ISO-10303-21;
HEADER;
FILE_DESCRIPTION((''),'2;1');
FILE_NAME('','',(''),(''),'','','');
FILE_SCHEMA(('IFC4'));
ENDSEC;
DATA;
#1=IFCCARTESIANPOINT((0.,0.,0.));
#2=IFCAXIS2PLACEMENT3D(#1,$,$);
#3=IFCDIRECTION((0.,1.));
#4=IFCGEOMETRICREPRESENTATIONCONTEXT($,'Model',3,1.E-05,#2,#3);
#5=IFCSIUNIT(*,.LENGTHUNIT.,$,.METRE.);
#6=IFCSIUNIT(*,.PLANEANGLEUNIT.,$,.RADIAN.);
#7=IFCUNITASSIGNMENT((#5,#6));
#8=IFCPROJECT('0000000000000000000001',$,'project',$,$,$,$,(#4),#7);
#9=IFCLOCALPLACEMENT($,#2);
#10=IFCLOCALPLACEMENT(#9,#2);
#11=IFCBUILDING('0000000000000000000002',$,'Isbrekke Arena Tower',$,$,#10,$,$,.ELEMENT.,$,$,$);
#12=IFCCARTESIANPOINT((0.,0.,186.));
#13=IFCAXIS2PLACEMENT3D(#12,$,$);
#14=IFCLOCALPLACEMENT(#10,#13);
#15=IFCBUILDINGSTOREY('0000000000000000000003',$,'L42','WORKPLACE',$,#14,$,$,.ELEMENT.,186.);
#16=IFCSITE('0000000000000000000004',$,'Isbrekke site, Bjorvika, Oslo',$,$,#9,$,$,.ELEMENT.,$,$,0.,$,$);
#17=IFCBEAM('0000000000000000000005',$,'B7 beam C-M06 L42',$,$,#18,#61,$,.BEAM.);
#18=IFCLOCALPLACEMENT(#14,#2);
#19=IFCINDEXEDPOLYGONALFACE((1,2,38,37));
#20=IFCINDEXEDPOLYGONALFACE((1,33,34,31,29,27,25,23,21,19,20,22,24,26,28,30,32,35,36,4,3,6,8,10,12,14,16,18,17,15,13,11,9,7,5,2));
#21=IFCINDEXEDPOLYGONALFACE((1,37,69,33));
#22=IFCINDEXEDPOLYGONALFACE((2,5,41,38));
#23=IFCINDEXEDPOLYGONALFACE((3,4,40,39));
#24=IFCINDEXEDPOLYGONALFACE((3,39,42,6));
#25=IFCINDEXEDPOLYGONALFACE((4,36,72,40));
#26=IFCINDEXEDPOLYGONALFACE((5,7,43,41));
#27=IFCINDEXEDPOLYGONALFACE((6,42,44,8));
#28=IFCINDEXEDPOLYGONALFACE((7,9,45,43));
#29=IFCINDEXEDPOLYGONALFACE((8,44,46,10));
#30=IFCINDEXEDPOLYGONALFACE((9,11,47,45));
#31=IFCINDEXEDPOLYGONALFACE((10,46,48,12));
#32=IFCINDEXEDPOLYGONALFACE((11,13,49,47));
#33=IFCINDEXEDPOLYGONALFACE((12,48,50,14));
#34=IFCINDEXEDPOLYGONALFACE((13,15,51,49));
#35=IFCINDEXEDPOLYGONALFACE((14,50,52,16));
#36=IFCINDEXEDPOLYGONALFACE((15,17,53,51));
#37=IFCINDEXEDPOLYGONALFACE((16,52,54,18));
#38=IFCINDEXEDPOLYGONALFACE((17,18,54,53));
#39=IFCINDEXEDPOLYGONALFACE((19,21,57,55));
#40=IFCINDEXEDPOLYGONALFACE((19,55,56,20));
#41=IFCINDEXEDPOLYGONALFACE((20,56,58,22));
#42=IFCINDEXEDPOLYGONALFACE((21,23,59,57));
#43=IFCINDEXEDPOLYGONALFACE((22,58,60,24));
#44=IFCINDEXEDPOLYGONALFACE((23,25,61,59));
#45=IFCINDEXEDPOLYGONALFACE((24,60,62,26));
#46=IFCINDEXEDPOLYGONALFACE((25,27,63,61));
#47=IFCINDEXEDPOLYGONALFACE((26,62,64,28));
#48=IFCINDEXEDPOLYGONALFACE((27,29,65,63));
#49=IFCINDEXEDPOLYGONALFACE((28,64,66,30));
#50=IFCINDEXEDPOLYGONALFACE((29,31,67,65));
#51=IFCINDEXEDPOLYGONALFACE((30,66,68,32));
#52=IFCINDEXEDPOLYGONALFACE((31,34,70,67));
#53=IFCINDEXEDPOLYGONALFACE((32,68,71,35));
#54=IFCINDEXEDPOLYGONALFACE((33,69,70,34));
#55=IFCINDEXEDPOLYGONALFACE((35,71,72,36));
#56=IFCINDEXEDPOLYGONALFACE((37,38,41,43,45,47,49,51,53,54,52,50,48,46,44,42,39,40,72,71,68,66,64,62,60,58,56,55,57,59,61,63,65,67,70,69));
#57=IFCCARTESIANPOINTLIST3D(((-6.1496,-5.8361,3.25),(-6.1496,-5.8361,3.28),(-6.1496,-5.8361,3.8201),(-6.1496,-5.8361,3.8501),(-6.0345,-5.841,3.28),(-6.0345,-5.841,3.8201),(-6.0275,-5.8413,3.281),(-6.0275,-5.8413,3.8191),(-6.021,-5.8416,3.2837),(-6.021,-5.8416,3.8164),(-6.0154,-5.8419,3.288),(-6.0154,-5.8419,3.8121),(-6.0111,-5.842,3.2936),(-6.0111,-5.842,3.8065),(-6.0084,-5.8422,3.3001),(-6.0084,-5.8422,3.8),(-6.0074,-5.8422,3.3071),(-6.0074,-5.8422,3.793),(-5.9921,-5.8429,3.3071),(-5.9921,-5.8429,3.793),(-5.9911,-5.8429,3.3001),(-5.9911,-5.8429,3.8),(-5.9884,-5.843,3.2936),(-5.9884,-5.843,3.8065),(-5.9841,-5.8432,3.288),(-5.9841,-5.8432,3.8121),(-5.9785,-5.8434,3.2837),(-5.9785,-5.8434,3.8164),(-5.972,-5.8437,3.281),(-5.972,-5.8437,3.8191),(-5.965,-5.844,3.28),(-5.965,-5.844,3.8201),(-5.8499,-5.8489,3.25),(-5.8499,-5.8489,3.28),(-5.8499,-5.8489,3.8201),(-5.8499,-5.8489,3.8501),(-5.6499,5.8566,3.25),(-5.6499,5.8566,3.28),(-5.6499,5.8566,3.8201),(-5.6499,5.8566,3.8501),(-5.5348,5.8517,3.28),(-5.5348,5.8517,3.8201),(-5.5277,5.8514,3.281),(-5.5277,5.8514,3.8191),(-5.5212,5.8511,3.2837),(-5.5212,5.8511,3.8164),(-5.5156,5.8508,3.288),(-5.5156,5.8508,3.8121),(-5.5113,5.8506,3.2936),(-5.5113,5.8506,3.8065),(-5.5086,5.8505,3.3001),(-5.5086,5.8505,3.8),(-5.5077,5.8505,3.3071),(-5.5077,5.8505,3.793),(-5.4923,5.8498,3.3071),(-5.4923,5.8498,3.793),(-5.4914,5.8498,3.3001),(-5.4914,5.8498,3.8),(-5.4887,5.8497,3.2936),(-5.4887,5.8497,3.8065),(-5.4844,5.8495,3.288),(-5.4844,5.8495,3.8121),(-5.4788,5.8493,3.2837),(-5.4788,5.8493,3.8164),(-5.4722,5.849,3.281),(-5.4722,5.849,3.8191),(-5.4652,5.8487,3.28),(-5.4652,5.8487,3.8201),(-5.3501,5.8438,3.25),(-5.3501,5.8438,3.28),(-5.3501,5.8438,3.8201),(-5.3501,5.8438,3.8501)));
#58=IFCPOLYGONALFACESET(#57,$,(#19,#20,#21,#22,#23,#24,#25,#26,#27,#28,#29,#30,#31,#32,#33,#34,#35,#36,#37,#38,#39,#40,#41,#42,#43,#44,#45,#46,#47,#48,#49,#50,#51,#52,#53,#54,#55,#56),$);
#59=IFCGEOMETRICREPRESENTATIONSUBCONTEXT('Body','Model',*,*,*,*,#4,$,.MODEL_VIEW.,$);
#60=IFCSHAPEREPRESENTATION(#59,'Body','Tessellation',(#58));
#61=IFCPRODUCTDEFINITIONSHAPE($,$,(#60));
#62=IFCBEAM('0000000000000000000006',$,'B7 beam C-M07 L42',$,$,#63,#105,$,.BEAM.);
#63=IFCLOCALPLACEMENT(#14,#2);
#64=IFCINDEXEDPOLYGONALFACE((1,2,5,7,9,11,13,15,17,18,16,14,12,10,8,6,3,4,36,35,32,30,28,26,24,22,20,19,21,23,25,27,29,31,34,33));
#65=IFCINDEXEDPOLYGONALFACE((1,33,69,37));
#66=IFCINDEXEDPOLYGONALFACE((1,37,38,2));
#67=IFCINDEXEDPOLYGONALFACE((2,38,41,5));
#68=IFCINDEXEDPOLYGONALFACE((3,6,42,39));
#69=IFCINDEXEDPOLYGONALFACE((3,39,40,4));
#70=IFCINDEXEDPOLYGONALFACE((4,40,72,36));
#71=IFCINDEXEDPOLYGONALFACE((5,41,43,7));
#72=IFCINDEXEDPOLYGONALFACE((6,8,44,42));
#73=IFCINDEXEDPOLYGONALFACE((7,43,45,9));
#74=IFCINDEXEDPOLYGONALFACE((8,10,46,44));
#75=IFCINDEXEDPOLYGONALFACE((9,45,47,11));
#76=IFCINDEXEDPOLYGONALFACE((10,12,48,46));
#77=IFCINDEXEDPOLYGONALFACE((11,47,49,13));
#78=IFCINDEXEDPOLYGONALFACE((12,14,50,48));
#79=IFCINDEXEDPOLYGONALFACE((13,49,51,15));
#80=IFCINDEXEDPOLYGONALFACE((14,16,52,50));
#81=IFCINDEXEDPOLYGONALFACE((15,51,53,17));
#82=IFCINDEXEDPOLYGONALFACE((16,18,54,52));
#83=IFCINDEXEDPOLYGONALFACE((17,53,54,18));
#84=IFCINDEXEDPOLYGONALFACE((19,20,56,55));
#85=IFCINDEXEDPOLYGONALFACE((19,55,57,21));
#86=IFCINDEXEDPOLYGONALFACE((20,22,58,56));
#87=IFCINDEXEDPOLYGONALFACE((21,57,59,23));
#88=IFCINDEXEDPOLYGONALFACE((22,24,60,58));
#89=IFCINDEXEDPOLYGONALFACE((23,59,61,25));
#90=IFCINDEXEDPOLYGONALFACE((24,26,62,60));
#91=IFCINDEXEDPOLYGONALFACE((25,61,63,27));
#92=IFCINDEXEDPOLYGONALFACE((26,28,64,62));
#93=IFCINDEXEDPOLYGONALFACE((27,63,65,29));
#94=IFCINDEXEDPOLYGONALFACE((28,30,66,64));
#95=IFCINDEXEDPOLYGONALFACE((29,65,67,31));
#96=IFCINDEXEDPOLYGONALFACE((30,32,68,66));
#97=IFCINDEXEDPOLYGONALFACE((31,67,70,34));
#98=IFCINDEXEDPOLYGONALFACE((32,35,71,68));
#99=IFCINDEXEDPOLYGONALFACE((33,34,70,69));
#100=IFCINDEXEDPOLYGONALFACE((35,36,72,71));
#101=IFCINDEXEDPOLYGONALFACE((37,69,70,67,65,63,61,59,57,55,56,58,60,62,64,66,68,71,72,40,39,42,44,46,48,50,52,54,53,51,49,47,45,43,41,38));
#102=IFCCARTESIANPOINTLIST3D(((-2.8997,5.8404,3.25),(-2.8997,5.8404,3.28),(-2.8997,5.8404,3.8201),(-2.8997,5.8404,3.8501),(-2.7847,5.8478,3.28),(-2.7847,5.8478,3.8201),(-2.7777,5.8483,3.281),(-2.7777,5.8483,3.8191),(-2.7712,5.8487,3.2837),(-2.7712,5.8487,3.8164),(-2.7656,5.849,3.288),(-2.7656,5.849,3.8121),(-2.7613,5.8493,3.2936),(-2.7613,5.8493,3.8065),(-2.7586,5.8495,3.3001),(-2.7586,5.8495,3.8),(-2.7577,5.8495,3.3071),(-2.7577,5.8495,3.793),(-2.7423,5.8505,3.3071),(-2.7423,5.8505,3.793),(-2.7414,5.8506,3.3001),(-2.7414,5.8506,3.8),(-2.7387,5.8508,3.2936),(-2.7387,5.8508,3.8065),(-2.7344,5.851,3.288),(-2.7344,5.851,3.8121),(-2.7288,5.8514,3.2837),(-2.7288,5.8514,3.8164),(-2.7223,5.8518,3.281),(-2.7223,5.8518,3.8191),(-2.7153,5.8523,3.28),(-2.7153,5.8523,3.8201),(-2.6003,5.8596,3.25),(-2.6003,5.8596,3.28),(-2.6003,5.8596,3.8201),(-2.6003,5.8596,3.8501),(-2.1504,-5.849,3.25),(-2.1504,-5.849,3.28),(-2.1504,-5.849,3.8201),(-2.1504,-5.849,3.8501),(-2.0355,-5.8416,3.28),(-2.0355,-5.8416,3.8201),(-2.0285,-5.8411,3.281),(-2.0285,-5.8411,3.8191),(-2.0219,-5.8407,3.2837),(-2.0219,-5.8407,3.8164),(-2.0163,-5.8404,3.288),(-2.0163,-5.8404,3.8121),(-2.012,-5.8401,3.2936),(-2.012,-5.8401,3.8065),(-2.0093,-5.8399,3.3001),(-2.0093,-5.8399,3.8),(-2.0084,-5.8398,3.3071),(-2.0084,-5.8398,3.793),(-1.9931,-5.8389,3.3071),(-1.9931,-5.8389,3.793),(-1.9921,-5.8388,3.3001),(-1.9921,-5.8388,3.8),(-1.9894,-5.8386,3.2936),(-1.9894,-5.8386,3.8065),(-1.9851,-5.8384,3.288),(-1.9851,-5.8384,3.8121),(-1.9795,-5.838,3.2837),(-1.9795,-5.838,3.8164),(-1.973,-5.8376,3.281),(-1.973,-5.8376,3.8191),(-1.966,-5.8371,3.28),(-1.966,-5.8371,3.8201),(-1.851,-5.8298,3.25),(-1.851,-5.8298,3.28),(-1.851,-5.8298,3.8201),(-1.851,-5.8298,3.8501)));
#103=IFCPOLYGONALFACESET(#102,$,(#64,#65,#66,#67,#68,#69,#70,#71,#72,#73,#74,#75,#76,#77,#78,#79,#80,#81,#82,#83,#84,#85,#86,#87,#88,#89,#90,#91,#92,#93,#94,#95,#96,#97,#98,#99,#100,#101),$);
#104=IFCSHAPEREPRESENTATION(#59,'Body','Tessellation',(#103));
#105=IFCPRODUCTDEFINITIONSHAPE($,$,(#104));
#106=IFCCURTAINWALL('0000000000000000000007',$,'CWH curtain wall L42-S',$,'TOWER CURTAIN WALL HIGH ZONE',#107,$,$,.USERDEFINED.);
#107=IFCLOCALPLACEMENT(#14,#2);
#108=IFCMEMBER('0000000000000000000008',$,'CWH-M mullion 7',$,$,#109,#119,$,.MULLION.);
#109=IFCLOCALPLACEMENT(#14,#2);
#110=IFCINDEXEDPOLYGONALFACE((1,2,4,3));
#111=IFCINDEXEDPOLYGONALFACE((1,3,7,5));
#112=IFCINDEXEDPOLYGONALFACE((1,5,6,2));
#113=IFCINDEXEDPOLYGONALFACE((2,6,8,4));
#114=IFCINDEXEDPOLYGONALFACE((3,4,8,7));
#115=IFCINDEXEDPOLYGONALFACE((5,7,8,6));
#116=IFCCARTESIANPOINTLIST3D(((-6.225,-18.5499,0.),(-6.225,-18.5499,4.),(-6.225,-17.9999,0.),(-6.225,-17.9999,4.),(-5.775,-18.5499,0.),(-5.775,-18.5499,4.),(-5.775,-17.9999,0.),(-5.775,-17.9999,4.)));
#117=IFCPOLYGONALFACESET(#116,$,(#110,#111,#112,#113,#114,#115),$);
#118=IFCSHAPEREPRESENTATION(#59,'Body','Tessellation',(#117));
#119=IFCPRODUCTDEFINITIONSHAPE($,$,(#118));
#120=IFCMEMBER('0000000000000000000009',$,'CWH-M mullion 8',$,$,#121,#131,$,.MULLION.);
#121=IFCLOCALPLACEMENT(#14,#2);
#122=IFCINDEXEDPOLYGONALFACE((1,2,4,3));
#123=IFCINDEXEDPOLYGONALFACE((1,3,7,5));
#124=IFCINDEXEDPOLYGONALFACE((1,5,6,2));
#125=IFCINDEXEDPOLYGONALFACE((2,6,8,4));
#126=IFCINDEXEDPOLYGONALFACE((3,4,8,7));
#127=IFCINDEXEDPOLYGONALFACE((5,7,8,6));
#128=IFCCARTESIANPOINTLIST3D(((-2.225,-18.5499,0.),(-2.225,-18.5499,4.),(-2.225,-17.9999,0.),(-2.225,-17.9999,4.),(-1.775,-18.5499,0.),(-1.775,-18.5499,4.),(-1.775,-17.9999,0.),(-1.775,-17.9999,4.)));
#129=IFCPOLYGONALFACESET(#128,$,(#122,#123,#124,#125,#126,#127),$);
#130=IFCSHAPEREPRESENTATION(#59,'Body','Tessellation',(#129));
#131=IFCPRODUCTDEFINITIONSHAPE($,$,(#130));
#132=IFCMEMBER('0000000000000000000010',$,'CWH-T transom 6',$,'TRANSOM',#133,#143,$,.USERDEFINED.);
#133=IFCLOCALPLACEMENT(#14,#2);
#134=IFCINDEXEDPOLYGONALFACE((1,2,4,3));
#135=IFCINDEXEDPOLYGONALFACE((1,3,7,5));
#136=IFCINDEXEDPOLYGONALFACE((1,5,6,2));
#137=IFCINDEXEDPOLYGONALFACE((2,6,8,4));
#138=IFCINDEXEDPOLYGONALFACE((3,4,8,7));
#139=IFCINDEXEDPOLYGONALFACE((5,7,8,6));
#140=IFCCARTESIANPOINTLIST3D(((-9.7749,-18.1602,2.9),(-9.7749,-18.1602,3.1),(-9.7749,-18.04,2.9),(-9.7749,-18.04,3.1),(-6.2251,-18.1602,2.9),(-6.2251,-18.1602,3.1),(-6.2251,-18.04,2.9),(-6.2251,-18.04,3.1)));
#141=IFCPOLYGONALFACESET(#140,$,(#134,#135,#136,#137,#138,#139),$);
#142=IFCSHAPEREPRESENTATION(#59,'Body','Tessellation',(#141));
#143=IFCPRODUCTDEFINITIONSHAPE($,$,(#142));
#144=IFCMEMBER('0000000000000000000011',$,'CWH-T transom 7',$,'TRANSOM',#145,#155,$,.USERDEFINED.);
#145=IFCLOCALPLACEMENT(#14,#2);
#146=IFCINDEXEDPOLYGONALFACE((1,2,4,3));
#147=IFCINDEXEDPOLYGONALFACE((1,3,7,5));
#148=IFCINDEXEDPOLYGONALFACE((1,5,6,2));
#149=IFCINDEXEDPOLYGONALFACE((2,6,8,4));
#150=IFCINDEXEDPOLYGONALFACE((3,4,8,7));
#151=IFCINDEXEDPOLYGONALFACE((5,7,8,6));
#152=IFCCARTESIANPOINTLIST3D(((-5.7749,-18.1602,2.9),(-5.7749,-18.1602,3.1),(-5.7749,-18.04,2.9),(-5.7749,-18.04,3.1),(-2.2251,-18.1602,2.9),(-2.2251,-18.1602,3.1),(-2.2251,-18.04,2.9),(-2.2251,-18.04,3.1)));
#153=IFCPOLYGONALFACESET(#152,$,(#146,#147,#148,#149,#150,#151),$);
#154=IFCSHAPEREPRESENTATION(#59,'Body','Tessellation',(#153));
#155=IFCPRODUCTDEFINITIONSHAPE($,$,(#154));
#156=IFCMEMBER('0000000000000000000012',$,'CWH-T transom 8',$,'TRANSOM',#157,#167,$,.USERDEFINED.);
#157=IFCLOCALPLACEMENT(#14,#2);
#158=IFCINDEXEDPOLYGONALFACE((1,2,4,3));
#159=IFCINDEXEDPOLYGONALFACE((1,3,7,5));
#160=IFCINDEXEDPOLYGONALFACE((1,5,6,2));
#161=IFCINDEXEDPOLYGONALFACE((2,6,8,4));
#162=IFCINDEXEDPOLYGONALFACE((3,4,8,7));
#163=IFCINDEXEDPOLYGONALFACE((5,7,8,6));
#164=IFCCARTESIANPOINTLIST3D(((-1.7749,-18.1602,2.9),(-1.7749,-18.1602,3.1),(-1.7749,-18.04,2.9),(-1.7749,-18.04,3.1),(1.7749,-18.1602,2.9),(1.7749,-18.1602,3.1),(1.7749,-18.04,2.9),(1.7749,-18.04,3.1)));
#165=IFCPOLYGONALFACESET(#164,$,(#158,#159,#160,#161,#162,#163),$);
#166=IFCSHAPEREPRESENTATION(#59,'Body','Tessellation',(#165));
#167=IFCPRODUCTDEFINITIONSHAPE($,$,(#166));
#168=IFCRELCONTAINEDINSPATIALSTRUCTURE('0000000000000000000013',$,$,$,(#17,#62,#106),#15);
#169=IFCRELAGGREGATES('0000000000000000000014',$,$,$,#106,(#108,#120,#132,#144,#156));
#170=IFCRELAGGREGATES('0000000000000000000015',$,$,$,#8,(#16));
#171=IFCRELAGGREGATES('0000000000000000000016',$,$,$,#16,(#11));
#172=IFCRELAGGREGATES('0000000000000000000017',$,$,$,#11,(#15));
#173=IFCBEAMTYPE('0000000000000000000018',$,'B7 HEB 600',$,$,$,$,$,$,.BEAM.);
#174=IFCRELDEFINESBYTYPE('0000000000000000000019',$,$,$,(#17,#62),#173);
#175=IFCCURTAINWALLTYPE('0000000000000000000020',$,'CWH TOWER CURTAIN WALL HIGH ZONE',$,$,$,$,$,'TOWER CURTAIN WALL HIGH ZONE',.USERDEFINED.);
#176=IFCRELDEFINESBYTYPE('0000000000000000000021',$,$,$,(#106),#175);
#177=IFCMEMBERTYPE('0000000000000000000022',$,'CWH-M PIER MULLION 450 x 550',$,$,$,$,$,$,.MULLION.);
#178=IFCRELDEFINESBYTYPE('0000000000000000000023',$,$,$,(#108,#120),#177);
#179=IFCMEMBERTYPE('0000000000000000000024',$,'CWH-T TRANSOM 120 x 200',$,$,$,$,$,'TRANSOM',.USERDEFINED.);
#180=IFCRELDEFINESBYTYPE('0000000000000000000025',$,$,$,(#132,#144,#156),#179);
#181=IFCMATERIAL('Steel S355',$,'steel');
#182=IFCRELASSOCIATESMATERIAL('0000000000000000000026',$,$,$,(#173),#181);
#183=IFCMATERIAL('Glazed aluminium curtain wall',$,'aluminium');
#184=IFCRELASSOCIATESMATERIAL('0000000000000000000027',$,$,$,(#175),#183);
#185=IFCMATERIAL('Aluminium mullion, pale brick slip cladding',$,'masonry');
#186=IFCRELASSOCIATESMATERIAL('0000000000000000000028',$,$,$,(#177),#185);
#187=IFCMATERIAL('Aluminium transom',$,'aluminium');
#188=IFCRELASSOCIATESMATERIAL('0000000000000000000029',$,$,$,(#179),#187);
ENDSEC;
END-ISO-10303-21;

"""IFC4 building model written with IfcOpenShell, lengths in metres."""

from ifc_helpers import new_model, si_unit, direction, frame, origin, origin_2d, place, context, subcontext, project, spatial, rectangle, i_section, extrude, material, material_profile, profile_set, type_object, element, aggregate, save


model = new_model("IFC4")

# Units and contexts
model_context = context("Model", 3, precision=1e-05, world=origin(), true_north=direction((0.0, 1.0)))
body_context = subcontext(model_context, "Body", "Model", "MODEL_VIEW")
ifc_project = project(units=[si_unit("LENGTHUNIT", "METRE"), si_unit("PLANEANGLEUNIT", "RADIAN")], contexts=[model_context])

# Site, building, storey
site_placement = place(None, origin())
site = spatial("IfcSite", under=ifc_project, at=site_placement, Name="Isbrekke site, Bjorvika, Oslo", CompositionType="ELEMENT", RefElevation=0.0)
building_placement = place(site_placement, origin())
building = spatial("IfcBuilding", under=site, at=building_placement, Name="Isbrekke Arena Tower", CompositionType="ELEMENT")
storey_placement = place(building_placement, frame((0.0, 0.0, 186.0)))
storey = spatial("IfcBuildingStorey", under=building, at=storey_placement, Name="L42", Description="WORKPLACE", CompositionType="ELEMENT", Elevation=186.0)

# Beams
ifc_material_1 = material(Name="Steel S355", Category="steel")
ifc_material_profile_1 = material_profile(ifc_material_1, i_section(OverallWidth=0.3, OverallDepth=0.6001, WebThickness=0.0154, FlangeThickness=0.03, FilletRadius=0.0271, at=origin_2d()), Name="HEB 600")
ifc_profile_set_1 = profile_set([ifc_material_profile_1], Name="Steel S355")
beam_type_1 = type_object("IfcBeamType", Name="B7 HEB 600", PredefinedType="BEAM", material=ifc_profile_set_1)
beam_1_placement = place(storey_placement, frame((-5.9998, -5.8425, 3.55), z_axis=(0.042702, 0.999088, 0.0), x_axis=(-0.999088, 0.042702, 0.0)))
element("IfcBeam", 1, at=beam_1_placement, inside=storey, type_object=beam_type_1, Name="B7 beam C-M06 L42", PredefinedType="BEAM", context=body_context, shape_type="SweptSolid", body=[
    extrude(i_section(OverallWidth=0.3, OverallDepth=0.6001, WebThickness=0.0154, FlangeThickness=0.03, FilletRadius=0.0271, at=origin_2d()), origin(), (0.0, 0.0, 1.0), 11.7034),
])
beam_2_placement = place(storey_placement, frame((-2.0007, -5.8394, 3.55), z_axis=(-0.063966, 0.997952, 0.0), x_axis=(-0.997952, -0.063966, 0.0)))
element("IfcBeam", 2, at=beam_2_placement, inside=storey, type_object=beam_type_1, Name="B7 beam C-M07 L42", PredefinedType="BEAM", context=body_context, shape_type="SweptSolid", body=[
    extrude(i_section(OverallWidth=0.3, OverallDepth=0.6001, WebThickness=0.0154, FlangeThickness=0.03, FilletRadius=0.0271, at=origin_2d()), origin(), (0.0, 0.0, 1.0), 11.7134),
])

# Curtain wall, members
ifc_material_2 = material(Name="Glazed aluminium curtain wall", Category="aluminium")
curtain_wall_type = type_object("IfcCurtainWallType", Name="CWH TOWER CURTAIN WALL HIGH ZONE", ElementType="TOWER CURTAIN WALL HIGH ZONE", PredefinedType="USERDEFINED", material=ifc_material_2)
curtain_wall_placement = place(storey_placement, origin())
curtain_wall = element("IfcCurtainWall", 3, at=curtain_wall_placement, inside=storey, type_object=curtain_wall_type, Name="CWH curtain wall L42-S", ObjectType="TOWER CURTAIN WALL HIGH ZONE", PredefinedType="USERDEFINED")
ifc_material_3 = material(Name="Aluminium mullion, pale brick slip cladding", Category="masonry")
ifc_material_profile_2 = material_profile(ifc_material_3, rectangle(XDim=0.45, YDim=0.55, at=origin_2d()), Name="PIER 450X550")
ifc_profile_set_2 = profile_set([ifc_material_profile_2], Name="Aluminium mullion, pale brick slip cladding")
member_type_1 = type_object("IfcMemberType", Name="CWH-M PIER MULLION 450 x 550", PredefinedType="MULLION", material=ifc_profile_set_2)
member_1_placement = place(storey_placement, frame((-6.0, -18.2749, 0.0), z_axis=(0.0, 0.0, 1.0), x_axis=(1.0, 0.0, 0.0)))
member_1 = element("IfcMember", 4, at=member_1_placement, type_object=member_type_1, Name="CWH-M mullion 7", PredefinedType="MULLION", context=body_context, shape_type="SweptSolid", body=[
    extrude(rectangle(XDim=0.45, YDim=0.55, at=origin_2d()), origin(), (0.0, 0.0, 1.0), 4.0),
])
member_2_placement = place(storey_placement, frame((-2.0, -18.2749, 0.0), z_axis=(0.0, 0.0, 1.0), x_axis=(1.0, 0.0, 0.0)))
member_2 = element("IfcMember", 5, at=member_2_placement, type_object=member_type_1, Name="CWH-M mullion 8", PredefinedType="MULLION", context=body_context, shape_type="SweptSolid", body=[
    extrude(rectangle(XDim=0.45, YDim=0.55, at=origin_2d()), origin(), (0.0, 0.0, 1.0), 4.0),
])
ifc_material_4 = material(Name="Aluminium transom", Category="aluminium")
ifc_material_profile_3 = material_profile(ifc_material_4, rectangle(XDim=0.1201, YDim=0.2, at=origin_2d()), Name="TRANSOM 120X200")
ifc_profile_set_3 = profile_set([ifc_material_profile_3], Name="Aluminium transom")
member_type_2 = type_object("IfcMemberType", Name="CWH-T TRANSOM 120 x 200", ElementType="TRANSOM", PredefinedType="USERDEFINED", material=ifc_profile_set_3)
member_3_placement = place(storey_placement, frame((-9.7749, -18.1001, 3.0), z_axis=(1.0, 0.0, 0.0), x_axis=(0.0, 1.0, 0.0)))
member_3 = element("IfcMember", 6, at=member_3_placement, type_object=member_type_2, Name="CWH-T transom 6", ObjectType="TRANSOM", PredefinedType="USERDEFINED", context=body_context, shape_type="SweptSolid", body=[
    extrude(rectangle(XDim=0.1201, YDim=0.2, at=origin_2d()), origin(), (0.0, 0.0, 1.0), 3.5498),
])
member_4_placement = place(storey_placement, frame((-5.7749, -18.1001, 3.0), z_axis=(1.0, 0.0, 0.0), x_axis=(0.0, 1.0, 0.0)))
member_4 = element("IfcMember", 7, at=member_4_placement, type_object=member_type_2, Name="CWH-T transom 7", ObjectType="TRANSOM", PredefinedType="USERDEFINED", context=body_context, shape_type="SweptSolid", body=[
    extrude(rectangle(XDim=0.1201, YDim=0.2, at=origin_2d()), origin(), (0.0, 0.0, 1.0), 3.5498),
])
member_5_placement = place(storey_placement, frame((-1.7749, -18.1001, 3.0), z_axis=(1.0, 0.0, 0.0), x_axis=(0.0, 1.0, 0.0)))
member_5 = element("IfcMember", 8, at=member_5_placement, type_object=member_type_2, Name="CWH-T transom 8", ObjectType="TRANSOM", PredefinedType="USERDEFINED", context=body_context, shape_type="SweptSolid", body=[
    extrude(rectangle(XDim=0.1201, YDim=0.2, at=origin_2d()), origin(), (0.0, 0.0, 1.0), 3.5498),
])

aggregate(curtain_wall, [member_1, member_2, member_3, member_4, member_5])

save(model, "model.ifc")
